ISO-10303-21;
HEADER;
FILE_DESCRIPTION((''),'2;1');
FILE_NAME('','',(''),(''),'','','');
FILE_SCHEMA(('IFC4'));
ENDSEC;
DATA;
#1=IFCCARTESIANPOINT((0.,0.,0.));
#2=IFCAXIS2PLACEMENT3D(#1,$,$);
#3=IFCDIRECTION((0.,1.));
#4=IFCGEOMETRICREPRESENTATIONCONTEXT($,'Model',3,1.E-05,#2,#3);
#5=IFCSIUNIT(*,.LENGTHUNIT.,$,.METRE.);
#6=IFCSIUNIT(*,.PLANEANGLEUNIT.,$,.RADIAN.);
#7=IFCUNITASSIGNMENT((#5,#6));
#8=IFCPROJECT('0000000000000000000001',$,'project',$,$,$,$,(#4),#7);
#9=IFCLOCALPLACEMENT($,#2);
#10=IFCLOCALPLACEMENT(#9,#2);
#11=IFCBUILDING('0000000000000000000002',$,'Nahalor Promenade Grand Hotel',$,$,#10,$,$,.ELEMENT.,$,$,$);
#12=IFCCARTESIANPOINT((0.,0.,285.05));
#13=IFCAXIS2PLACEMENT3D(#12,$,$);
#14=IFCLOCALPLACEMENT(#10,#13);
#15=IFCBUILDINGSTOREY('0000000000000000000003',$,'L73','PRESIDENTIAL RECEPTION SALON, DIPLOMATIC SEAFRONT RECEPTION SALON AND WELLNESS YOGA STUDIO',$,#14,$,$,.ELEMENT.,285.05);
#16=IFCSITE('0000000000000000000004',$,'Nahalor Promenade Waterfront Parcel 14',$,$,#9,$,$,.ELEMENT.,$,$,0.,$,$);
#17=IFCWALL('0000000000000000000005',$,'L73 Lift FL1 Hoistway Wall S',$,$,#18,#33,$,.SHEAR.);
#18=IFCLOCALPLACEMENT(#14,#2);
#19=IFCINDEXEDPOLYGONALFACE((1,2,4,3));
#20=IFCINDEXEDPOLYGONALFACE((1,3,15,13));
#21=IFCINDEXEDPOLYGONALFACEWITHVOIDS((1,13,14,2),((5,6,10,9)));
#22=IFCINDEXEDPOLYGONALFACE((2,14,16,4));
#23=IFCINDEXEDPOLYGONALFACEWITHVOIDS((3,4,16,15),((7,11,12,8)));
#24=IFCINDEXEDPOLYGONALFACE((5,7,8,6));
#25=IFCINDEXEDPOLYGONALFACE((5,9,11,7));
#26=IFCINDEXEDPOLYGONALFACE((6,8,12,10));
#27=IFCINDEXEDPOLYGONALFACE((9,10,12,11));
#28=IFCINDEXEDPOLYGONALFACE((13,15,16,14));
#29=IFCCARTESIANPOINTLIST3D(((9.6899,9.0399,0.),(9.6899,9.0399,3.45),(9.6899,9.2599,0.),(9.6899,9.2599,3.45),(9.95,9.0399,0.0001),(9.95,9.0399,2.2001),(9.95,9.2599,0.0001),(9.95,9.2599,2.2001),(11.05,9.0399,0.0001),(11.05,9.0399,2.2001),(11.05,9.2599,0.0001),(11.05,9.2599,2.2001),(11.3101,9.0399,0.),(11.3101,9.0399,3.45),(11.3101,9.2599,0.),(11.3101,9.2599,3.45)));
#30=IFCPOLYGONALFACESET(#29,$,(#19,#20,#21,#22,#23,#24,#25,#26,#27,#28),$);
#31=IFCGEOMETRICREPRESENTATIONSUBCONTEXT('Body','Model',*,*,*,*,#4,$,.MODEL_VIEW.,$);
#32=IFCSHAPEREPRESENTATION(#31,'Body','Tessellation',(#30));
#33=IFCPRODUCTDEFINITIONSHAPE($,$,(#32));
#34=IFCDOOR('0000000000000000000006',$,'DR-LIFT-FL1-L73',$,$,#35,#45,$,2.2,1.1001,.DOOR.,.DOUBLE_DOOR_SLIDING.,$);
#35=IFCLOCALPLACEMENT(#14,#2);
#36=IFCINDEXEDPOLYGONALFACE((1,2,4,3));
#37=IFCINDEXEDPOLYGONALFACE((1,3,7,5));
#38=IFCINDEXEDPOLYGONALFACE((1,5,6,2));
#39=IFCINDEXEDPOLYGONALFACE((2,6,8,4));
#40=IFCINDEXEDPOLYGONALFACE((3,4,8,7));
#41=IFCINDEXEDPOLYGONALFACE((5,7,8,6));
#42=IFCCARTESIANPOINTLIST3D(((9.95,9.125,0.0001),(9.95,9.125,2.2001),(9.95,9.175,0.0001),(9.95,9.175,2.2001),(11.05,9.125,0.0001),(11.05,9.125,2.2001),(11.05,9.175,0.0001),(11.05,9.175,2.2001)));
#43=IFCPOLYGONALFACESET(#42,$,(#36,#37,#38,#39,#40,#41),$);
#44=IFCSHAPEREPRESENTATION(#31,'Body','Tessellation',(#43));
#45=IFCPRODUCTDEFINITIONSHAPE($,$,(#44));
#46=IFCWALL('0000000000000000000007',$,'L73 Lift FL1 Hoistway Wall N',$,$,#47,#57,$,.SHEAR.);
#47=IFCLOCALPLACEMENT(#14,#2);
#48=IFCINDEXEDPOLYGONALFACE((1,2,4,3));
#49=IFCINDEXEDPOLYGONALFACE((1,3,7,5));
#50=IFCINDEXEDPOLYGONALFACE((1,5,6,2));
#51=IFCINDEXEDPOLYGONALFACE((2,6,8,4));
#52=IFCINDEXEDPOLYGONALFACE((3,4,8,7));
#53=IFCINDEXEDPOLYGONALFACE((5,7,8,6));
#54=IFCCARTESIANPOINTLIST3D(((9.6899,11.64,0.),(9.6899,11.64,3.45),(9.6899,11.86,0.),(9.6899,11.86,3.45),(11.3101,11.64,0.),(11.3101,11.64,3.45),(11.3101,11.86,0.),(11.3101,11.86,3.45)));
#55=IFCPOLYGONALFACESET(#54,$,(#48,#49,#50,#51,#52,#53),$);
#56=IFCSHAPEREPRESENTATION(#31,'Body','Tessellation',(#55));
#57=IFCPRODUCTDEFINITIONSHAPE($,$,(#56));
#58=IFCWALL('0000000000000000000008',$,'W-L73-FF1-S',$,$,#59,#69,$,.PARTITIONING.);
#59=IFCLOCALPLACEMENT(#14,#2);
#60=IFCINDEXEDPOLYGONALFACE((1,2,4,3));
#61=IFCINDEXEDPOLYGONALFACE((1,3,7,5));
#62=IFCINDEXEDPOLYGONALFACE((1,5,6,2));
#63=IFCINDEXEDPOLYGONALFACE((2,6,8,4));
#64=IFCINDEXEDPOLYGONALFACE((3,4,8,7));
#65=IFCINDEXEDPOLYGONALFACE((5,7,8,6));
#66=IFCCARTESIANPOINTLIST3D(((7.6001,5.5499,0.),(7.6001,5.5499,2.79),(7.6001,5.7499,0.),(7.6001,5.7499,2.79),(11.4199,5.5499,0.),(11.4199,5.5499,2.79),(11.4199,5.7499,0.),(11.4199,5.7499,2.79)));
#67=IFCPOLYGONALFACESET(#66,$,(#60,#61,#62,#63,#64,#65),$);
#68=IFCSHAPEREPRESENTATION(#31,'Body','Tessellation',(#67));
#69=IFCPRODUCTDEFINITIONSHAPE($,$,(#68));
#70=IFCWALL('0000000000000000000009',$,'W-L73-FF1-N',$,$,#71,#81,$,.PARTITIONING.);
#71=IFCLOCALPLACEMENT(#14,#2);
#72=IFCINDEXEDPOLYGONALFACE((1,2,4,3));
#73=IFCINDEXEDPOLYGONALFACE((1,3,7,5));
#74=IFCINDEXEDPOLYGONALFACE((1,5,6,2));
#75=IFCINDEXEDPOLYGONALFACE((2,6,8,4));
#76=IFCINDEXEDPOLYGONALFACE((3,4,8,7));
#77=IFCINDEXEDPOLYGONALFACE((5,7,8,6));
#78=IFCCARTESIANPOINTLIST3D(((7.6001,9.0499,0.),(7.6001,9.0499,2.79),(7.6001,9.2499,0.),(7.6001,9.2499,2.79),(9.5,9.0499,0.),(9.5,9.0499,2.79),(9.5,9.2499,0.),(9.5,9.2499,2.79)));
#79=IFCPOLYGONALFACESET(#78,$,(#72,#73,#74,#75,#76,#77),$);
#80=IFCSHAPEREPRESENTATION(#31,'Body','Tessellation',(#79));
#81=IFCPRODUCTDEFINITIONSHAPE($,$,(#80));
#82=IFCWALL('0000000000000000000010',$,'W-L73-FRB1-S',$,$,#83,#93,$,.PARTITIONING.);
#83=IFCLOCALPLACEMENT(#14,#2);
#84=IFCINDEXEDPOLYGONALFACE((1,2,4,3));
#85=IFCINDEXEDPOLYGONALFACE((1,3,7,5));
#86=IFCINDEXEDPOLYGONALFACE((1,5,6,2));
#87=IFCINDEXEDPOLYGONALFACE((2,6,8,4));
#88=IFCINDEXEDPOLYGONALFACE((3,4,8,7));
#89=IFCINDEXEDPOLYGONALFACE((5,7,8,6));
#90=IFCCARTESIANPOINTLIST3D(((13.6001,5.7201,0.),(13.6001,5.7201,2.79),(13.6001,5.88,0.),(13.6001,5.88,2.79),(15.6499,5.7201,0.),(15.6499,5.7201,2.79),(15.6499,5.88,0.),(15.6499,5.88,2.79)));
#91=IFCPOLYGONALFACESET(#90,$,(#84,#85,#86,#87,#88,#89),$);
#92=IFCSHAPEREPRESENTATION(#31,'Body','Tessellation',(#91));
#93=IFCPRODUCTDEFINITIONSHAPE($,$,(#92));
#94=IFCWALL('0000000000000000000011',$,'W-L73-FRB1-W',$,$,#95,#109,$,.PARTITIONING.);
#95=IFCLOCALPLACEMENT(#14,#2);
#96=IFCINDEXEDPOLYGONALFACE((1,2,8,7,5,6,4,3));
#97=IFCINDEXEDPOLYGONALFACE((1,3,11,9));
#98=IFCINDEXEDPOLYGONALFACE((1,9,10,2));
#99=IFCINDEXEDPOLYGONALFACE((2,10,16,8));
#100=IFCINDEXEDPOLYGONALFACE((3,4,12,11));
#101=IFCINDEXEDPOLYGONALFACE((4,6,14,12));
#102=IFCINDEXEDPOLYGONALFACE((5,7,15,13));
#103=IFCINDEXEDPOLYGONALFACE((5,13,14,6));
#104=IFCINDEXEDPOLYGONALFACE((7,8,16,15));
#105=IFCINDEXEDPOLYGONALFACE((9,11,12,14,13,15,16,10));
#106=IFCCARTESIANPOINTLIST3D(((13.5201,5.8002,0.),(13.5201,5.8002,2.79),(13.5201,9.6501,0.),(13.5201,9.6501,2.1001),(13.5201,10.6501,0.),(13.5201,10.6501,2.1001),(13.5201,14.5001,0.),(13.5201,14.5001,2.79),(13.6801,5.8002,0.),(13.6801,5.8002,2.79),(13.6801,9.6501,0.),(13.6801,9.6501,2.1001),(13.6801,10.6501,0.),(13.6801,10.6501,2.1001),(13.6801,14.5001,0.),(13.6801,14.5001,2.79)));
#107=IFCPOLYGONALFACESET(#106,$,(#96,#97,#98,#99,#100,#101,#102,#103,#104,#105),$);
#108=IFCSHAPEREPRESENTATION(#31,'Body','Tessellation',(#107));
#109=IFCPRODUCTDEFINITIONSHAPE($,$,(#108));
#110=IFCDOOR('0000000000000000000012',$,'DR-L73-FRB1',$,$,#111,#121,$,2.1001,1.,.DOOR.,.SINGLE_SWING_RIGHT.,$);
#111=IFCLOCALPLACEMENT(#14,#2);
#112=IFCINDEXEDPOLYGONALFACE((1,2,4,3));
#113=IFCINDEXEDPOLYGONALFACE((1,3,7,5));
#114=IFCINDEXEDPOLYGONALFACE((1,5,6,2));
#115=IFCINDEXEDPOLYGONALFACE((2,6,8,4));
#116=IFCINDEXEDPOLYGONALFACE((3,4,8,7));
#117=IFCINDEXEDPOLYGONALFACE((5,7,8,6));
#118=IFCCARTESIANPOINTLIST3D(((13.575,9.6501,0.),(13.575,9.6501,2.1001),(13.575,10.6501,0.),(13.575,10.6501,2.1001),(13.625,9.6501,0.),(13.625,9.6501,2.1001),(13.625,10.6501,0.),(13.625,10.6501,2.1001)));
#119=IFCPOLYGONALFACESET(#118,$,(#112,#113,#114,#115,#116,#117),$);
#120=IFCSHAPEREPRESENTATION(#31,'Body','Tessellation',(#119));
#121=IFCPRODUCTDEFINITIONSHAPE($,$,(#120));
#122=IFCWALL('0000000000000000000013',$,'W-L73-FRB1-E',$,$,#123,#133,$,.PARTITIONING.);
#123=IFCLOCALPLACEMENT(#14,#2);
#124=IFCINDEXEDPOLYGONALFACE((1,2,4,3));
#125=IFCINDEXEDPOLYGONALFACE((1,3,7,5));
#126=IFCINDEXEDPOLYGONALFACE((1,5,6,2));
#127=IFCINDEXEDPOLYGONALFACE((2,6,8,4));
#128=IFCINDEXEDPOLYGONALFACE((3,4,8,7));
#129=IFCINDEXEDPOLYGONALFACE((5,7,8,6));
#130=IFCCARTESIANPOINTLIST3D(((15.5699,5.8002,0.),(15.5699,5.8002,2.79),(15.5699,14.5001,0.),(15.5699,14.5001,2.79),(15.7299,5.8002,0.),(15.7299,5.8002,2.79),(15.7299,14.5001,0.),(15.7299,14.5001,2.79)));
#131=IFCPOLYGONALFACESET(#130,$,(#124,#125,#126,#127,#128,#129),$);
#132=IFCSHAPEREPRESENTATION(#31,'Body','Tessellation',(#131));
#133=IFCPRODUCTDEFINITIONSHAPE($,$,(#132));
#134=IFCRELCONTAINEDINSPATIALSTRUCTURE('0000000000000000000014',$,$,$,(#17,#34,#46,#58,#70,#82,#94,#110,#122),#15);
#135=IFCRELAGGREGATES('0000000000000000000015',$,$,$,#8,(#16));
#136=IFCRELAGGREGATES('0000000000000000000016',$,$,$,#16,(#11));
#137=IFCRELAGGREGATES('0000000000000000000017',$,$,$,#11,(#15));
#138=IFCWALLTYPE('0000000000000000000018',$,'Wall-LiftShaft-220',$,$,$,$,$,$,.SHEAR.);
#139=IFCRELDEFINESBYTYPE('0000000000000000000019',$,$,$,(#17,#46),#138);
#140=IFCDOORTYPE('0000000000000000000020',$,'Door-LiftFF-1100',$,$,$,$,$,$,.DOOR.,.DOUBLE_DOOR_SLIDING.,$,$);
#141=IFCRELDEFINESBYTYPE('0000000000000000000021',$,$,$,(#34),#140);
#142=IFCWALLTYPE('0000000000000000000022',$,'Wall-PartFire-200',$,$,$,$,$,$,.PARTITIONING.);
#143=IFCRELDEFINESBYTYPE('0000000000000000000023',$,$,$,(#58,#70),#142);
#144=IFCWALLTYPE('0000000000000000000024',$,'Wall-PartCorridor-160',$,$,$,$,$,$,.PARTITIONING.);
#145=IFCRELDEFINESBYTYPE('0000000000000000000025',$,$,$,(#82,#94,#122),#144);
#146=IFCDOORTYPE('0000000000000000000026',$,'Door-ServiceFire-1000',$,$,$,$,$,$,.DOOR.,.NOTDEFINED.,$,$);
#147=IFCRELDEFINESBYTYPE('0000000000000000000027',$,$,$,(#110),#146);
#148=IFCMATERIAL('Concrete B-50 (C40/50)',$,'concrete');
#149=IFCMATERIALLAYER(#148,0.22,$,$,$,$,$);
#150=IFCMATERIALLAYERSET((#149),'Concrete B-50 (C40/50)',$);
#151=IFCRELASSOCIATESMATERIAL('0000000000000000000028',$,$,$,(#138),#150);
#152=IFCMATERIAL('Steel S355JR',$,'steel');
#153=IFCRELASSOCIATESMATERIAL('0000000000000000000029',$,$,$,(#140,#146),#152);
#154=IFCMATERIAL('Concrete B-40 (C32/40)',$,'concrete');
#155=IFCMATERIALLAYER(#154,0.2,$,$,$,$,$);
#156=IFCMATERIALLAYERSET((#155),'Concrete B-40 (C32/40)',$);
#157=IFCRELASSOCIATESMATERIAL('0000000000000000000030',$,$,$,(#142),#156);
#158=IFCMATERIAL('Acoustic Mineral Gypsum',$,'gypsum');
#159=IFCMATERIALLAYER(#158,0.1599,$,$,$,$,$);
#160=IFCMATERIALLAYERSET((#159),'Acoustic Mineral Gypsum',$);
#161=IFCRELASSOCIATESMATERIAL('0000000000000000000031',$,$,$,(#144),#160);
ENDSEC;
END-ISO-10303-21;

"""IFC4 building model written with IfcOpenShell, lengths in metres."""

from ifc_helpers import new_model, si_unit, direction, frame, frame_2d, origin, place, context, subcontext, project, spatial, rectangle, extrude, source, transform, mapped, material, layer, layer_set, type_object, element, fill, save


model = new_model("IFC4")

# Units and contexts
model_context = context("Model", 3, precision=1e-05, world=origin(), true_north=direction((0.0, 1.0)))
body_context = subcontext(model_context, "Body", "Model", "MODEL_VIEW")
ifc_project = project(units=[si_unit("LENGTHUNIT", "METRE"), si_unit("PLANEANGLEUNIT", "RADIAN")], contexts=[model_context])

# Site, building, storey
site_placement = place(None, origin())
site = spatial("IfcSite", under=ifc_project, at=site_placement, Name="Nahalor Promenade Waterfront Parcel 14", CompositionType="ELEMENT", RefElevation=0.0)
building_placement = place(site_placement, origin())
building = spatial("IfcBuilding", under=site, at=building_placement, Name="Nahalor Promenade Grand Hotel", CompositionType="ELEMENT")
storey_placement = place(building_placement, frame((0.0, 0.0, 285.05)))
storey = spatial("IfcBuildingStorey", under=building, at=storey_placement, Name="L73", Description="PRESIDENTIAL RECEPTION SALON, DIPLOMATIC SEAFRONT RECEPTION SALON AND WELLNESS YOGA STUDIO", CompositionType="ELEMENT", Elevation=285.05)

# Shared definitions
ifc_material_1 = material(Name="Steel S355JR", Category="steel")

# Shared definitions
ifc_material_2 = material(Name="Concrete B-50 (C40/50)", Category="concrete")

# Shared definitions
ifc_layer_1 = layer(ifc_material_2, 0.22)
ifc_layer_set_1 = layer_set([ifc_layer_1], Name="Concrete B-50 (C40/50)")
wall_type_1 = type_object("IfcWallType", Name="Wall-LiftShaft-220", PredefinedType="SHEAR", material=ifc_layer_set_1)

# Wall, opening, door
shared_shape_1 = source(origin(), body_context, "Body", "SweptSolid", [
    extrude(rectangle(XDim=1.6201, YDim=0.22, at=frame_2d((0.8101, 0.0))), origin(), (0.0, 0.0, 1.0), 3.45),
])
wall_1_placement = place(storey_placement, frame((9.6899, 9.1499, 0.0), z_axis=(0.0, 0.0, 1.0), x_axis=(1.0, 0.0, 0.0)))
wall_1 = element("IfcWall", 1, at=wall_1_placement, inside=storey, type_object=wall_type_1, Name="L73 Lift FL1 Hoistway Wall S", PredefinedType="SHEAR", context=body_context, shape_type="MappedRepresentation", body=[
    mapped(shared_shape_1, transform((0.0, 0.0, 0.0), scale=1.0)),
])
opening_1_placement = place(wall_1_placement, frame((0.26, 0.0, 0.0)))
opening_1 = element("IfcOpeningElement", 2, at=opening_1_placement, cuts=wall_1, PredefinedType="OPENING", context=body_context, shape_type="SweptSolid", body=[
    extrude(rectangle(XDim=1.1001, YDim=2.2, at=frame_2d((0.55, 1.1001))), frame((0.0, 0.1199, 0.0), z_axis=(0.0, -1.0, 0.0), x_axis=(1.0, 0.0, 0.0)), (0.0, 0.0, 1.0), 0.24),
])
door_type_1 = type_object("IfcDoorType", Name="Door-LiftFF-1100", OperationType="DOUBLE_DOOR_SLIDING", PredefinedType="DOOR", material=ifc_material_1)
shared_shape_2 = source(origin(), body_context, "Body", "SweptSolid", [
    extrude(rectangle(XDim=1.1001, YDim=2.2, at=frame_2d((0.55, 1.1001))), frame((0.0, 0.0249, 0.0), z_axis=(0.0, -1.0, 0.0), x_axis=(1.0, 0.0, 0.0)), (0.0, 0.0, 1.0), 0.05),
])
door_1_placement = place(opening_1_placement, frame((1.1001, 0.0, 0.0), z_axis=(0.0, 0.0, 1.0), x_axis=(-1.0, 0.0, 0.0)))
door_1 = element("IfcDoor", 3, at=door_1_placement, inside=storey, type_object=door_type_1, Name="DR-LIFT-FL1-L73", OperationType="DOUBLE_DOOR_SLIDING", OverallHeight=2.2, OverallWidth=1.1001, PredefinedType="DOOR", context=body_context, shape_type="MappedRepresentation", body=[
    mapped(shared_shape_2, transform((0.0, 0.0, 0.0), scale=1.0)),
])
fill(opening_1, door_1)

# Walls
wall_2_placement = place(storey_placement, frame((9.6899, 11.75, 0.0), z_axis=(0.0, 0.0, 1.0), x_axis=(1.0, 0.0, 0.0)))
element("IfcWall", 4, at=wall_2_placement, inside=storey, type_object=wall_type_1, Name="L73 Lift FL1 Hoistway Wall N", PredefinedType="SHEAR", context=body_context, shape_type="MappedRepresentation", body=[
    mapped(shared_shape_1, transform((0.0, 0.0, 0.0), scale=1.0)),
])
ifc_material_3 = material(Name="Concrete B-40 (C32/40)", Category="concrete")
ifc_layer_2 = layer(ifc_material_3, 0.2)
ifc_layer_set_2 = layer_set([ifc_layer_2], Name="Concrete B-40 (C32/40)")
wall_type_2 = type_object("IfcWallType", Name="Wall-PartFire-200", PredefinedType="PARTITIONING", material=ifc_layer_set_2)
shared_shape_3 = source(origin(), body_context, "Body", "SweptSolid", [
    extrude(rectangle(XDim=3.8198, YDim=0.2, at=frame_2d((1.9099, 0.0))), origin(), (0.0, 0.0, 1.0), 2.79),
])
wall_3_placement = place(storey_placement, frame((7.6001, 5.6499, 0.0), z_axis=(0.0, 0.0, 1.0), x_axis=(1.0, 0.0, 0.0)))
element("IfcWall", 5, at=wall_3_placement, inside=storey, type_object=wall_type_2, Name="W-L73-FF1-S", PredefinedType="PARTITIONING", context=body_context, shape_type="MappedRepresentation", body=[
    mapped(shared_shape_3, transform((0.0, 0.0, 0.0), scale=1.0)),
])
shared_shape_4 = source(origin(), body_context, "Body", "SweptSolid", [
    extrude(rectangle(XDim=1.8999, YDim=0.2, at=frame_2d((0.95, 0.0))), origin(), (0.0, 0.0, 1.0), 2.79),
])
wall_4_placement = place(storey_placement, frame((7.6001, 9.1499, 0.0), z_axis=(0.0, 0.0, 1.0), x_axis=(1.0, 0.0, 0.0)))
element("IfcWall", 6, at=wall_4_placement, inside=storey, type_object=wall_type_2, Name="W-L73-FF1-N", PredefinedType="PARTITIONING", context=body_context, shape_type="MappedRepresentation", body=[
    mapped(shared_shape_4, transform((0.0, 0.0, 0.0), scale=1.0)),
])

# Wall
ifc_material_4 = material(Name="Acoustic Mineral Gypsum", Category="gypsum")
ifc_layer_3 = layer(ifc_material_4, 0.1599)
ifc_layer_set_3 = layer_set([ifc_layer_3], Name="Acoustic Mineral Gypsum")
wall_type_3 = type_object("IfcWallType", Name="Wall-PartCorridor-160", PredefinedType="PARTITIONING", material=ifc_layer_set_3)
shared_shape_5 = source(origin(), body_context, "Body", "SweptSolid", [
    extrude(rectangle(XDim=2.0498, YDim=0.1599, at=frame_2d((1.0249, 0.0))), origin(), (0.0, 0.0, 1.0), 2.79),
])
wall_5_placement = place(storey_placement, frame((13.6001, 5.8, 0.0), z_axis=(0.0, 0.0, 1.0), x_axis=(1.0, 0.0, 0.0)))
element("IfcWall", 7, at=wall_5_placement, inside=storey, type_object=wall_type_3, Name="W-L73-FRB1-S", PredefinedType="PARTITIONING", context=body_context, shape_type="MappedRepresentation", body=[
    mapped(shared_shape_5, transform((0.0, 0.0, 0.0), scale=1.0)),
])

# Wall, opening, door
shared_shape_6 = source(origin(), body_context, "Body", "SweptSolid", [
    extrude(rectangle(XDim=8.7, YDim=0.1599, at=frame_2d((4.3501, 0.0))), origin(), (0.0, 0.0, 1.0), 2.79),
])
wall_6_placement = place(storey_placement, frame((13.6001, 5.8, 0.0), z_axis=(0.0, 0.0, 1.0), x_axis=(0.0, 1.0, 0.0)))
wall_6 = element("IfcWall", 8, at=wall_6_placement, inside=storey, type_object=wall_type_3, Name="W-L73-FRB1-W", PredefinedType="PARTITIONING", context=body_context, shape_type="MappedRepresentation", body=[
    mapped(shared_shape_6, transform((0.0, 0.0, 0.0), scale=1.0)),
])
opening_2_placement = place(wall_6_placement, frame((3.8501, 0.0, 0.0)))
opening_2 = element("IfcOpeningElement", 9, at=opening_2_placement, cuts=wall_6, PredefinedType="OPENING", context=body_context, shape_type="SweptSolid", body=[
    extrude(rectangle(XDim=1.0, YDim=2.1001, at=frame_2d((0.5, 1.05))), frame((0.0, 0.0898, 0.0), z_axis=(0.0, -1.0, 0.0), x_axis=(1.0, 0.0, 0.0)), (0.0, 0.0, 1.0), 0.1799),
])
door_type_2 = type_object("IfcDoorType", Name="Door-ServiceFire-1000", OperationType="NOTDEFINED", PredefinedType="DOOR", material=ifc_material_1)
shared_shape_7 = source(origin(), body_context, "Body", "SweptSolid", [
    extrude(rectangle(XDim=1.0, YDim=2.1001, at=frame_2d((0.5, 1.05))), frame((0.0, 0.0249, 0.0), z_axis=(0.0, -1.0, 0.0), x_axis=(1.0, 0.0, 0.0)), (0.0, 0.0, 1.0), 0.05),
])
door_2_placement = place(opening_2_placement, frame((1.0, 0.0, 0.0), z_axis=(0.0, 0.0, 1.0), x_axis=(-1.0, 0.0, 0.0)))
door_2 = element("IfcDoor", 10, at=door_2_placement, inside=storey, type_object=door_type_2, Name="DR-L73-FRB1", OperationType="SINGLE_SWING_RIGHT", OverallHeight=2.1001, OverallWidth=1.0, PredefinedType="DOOR", context=body_context, shape_type="MappedRepresentation", body=[
    mapped(shared_shape_7, transform((0.0, 0.0, 0.0), scale=1.0)),
])
fill(opening_2, door_2)

# Wall
wall_7_placement = place(storey_placement, frame((15.6499, 5.8, 0.0), z_axis=(0.0, 0.0, 1.0), x_axis=(0.0, 1.0, 0.0)))
element("IfcWall", 11, at=wall_7_placement, inside=storey, type_object=wall_type_3, Name="W-L73-FRB1-E", PredefinedType="PARTITIONING", context=body_context, shape_type="MappedRepresentation", body=[
    mapped(shared_shape_6, transform((0.0, 0.0, 0.0), scale=1.0)),
])

save(model, "model.ifc")
